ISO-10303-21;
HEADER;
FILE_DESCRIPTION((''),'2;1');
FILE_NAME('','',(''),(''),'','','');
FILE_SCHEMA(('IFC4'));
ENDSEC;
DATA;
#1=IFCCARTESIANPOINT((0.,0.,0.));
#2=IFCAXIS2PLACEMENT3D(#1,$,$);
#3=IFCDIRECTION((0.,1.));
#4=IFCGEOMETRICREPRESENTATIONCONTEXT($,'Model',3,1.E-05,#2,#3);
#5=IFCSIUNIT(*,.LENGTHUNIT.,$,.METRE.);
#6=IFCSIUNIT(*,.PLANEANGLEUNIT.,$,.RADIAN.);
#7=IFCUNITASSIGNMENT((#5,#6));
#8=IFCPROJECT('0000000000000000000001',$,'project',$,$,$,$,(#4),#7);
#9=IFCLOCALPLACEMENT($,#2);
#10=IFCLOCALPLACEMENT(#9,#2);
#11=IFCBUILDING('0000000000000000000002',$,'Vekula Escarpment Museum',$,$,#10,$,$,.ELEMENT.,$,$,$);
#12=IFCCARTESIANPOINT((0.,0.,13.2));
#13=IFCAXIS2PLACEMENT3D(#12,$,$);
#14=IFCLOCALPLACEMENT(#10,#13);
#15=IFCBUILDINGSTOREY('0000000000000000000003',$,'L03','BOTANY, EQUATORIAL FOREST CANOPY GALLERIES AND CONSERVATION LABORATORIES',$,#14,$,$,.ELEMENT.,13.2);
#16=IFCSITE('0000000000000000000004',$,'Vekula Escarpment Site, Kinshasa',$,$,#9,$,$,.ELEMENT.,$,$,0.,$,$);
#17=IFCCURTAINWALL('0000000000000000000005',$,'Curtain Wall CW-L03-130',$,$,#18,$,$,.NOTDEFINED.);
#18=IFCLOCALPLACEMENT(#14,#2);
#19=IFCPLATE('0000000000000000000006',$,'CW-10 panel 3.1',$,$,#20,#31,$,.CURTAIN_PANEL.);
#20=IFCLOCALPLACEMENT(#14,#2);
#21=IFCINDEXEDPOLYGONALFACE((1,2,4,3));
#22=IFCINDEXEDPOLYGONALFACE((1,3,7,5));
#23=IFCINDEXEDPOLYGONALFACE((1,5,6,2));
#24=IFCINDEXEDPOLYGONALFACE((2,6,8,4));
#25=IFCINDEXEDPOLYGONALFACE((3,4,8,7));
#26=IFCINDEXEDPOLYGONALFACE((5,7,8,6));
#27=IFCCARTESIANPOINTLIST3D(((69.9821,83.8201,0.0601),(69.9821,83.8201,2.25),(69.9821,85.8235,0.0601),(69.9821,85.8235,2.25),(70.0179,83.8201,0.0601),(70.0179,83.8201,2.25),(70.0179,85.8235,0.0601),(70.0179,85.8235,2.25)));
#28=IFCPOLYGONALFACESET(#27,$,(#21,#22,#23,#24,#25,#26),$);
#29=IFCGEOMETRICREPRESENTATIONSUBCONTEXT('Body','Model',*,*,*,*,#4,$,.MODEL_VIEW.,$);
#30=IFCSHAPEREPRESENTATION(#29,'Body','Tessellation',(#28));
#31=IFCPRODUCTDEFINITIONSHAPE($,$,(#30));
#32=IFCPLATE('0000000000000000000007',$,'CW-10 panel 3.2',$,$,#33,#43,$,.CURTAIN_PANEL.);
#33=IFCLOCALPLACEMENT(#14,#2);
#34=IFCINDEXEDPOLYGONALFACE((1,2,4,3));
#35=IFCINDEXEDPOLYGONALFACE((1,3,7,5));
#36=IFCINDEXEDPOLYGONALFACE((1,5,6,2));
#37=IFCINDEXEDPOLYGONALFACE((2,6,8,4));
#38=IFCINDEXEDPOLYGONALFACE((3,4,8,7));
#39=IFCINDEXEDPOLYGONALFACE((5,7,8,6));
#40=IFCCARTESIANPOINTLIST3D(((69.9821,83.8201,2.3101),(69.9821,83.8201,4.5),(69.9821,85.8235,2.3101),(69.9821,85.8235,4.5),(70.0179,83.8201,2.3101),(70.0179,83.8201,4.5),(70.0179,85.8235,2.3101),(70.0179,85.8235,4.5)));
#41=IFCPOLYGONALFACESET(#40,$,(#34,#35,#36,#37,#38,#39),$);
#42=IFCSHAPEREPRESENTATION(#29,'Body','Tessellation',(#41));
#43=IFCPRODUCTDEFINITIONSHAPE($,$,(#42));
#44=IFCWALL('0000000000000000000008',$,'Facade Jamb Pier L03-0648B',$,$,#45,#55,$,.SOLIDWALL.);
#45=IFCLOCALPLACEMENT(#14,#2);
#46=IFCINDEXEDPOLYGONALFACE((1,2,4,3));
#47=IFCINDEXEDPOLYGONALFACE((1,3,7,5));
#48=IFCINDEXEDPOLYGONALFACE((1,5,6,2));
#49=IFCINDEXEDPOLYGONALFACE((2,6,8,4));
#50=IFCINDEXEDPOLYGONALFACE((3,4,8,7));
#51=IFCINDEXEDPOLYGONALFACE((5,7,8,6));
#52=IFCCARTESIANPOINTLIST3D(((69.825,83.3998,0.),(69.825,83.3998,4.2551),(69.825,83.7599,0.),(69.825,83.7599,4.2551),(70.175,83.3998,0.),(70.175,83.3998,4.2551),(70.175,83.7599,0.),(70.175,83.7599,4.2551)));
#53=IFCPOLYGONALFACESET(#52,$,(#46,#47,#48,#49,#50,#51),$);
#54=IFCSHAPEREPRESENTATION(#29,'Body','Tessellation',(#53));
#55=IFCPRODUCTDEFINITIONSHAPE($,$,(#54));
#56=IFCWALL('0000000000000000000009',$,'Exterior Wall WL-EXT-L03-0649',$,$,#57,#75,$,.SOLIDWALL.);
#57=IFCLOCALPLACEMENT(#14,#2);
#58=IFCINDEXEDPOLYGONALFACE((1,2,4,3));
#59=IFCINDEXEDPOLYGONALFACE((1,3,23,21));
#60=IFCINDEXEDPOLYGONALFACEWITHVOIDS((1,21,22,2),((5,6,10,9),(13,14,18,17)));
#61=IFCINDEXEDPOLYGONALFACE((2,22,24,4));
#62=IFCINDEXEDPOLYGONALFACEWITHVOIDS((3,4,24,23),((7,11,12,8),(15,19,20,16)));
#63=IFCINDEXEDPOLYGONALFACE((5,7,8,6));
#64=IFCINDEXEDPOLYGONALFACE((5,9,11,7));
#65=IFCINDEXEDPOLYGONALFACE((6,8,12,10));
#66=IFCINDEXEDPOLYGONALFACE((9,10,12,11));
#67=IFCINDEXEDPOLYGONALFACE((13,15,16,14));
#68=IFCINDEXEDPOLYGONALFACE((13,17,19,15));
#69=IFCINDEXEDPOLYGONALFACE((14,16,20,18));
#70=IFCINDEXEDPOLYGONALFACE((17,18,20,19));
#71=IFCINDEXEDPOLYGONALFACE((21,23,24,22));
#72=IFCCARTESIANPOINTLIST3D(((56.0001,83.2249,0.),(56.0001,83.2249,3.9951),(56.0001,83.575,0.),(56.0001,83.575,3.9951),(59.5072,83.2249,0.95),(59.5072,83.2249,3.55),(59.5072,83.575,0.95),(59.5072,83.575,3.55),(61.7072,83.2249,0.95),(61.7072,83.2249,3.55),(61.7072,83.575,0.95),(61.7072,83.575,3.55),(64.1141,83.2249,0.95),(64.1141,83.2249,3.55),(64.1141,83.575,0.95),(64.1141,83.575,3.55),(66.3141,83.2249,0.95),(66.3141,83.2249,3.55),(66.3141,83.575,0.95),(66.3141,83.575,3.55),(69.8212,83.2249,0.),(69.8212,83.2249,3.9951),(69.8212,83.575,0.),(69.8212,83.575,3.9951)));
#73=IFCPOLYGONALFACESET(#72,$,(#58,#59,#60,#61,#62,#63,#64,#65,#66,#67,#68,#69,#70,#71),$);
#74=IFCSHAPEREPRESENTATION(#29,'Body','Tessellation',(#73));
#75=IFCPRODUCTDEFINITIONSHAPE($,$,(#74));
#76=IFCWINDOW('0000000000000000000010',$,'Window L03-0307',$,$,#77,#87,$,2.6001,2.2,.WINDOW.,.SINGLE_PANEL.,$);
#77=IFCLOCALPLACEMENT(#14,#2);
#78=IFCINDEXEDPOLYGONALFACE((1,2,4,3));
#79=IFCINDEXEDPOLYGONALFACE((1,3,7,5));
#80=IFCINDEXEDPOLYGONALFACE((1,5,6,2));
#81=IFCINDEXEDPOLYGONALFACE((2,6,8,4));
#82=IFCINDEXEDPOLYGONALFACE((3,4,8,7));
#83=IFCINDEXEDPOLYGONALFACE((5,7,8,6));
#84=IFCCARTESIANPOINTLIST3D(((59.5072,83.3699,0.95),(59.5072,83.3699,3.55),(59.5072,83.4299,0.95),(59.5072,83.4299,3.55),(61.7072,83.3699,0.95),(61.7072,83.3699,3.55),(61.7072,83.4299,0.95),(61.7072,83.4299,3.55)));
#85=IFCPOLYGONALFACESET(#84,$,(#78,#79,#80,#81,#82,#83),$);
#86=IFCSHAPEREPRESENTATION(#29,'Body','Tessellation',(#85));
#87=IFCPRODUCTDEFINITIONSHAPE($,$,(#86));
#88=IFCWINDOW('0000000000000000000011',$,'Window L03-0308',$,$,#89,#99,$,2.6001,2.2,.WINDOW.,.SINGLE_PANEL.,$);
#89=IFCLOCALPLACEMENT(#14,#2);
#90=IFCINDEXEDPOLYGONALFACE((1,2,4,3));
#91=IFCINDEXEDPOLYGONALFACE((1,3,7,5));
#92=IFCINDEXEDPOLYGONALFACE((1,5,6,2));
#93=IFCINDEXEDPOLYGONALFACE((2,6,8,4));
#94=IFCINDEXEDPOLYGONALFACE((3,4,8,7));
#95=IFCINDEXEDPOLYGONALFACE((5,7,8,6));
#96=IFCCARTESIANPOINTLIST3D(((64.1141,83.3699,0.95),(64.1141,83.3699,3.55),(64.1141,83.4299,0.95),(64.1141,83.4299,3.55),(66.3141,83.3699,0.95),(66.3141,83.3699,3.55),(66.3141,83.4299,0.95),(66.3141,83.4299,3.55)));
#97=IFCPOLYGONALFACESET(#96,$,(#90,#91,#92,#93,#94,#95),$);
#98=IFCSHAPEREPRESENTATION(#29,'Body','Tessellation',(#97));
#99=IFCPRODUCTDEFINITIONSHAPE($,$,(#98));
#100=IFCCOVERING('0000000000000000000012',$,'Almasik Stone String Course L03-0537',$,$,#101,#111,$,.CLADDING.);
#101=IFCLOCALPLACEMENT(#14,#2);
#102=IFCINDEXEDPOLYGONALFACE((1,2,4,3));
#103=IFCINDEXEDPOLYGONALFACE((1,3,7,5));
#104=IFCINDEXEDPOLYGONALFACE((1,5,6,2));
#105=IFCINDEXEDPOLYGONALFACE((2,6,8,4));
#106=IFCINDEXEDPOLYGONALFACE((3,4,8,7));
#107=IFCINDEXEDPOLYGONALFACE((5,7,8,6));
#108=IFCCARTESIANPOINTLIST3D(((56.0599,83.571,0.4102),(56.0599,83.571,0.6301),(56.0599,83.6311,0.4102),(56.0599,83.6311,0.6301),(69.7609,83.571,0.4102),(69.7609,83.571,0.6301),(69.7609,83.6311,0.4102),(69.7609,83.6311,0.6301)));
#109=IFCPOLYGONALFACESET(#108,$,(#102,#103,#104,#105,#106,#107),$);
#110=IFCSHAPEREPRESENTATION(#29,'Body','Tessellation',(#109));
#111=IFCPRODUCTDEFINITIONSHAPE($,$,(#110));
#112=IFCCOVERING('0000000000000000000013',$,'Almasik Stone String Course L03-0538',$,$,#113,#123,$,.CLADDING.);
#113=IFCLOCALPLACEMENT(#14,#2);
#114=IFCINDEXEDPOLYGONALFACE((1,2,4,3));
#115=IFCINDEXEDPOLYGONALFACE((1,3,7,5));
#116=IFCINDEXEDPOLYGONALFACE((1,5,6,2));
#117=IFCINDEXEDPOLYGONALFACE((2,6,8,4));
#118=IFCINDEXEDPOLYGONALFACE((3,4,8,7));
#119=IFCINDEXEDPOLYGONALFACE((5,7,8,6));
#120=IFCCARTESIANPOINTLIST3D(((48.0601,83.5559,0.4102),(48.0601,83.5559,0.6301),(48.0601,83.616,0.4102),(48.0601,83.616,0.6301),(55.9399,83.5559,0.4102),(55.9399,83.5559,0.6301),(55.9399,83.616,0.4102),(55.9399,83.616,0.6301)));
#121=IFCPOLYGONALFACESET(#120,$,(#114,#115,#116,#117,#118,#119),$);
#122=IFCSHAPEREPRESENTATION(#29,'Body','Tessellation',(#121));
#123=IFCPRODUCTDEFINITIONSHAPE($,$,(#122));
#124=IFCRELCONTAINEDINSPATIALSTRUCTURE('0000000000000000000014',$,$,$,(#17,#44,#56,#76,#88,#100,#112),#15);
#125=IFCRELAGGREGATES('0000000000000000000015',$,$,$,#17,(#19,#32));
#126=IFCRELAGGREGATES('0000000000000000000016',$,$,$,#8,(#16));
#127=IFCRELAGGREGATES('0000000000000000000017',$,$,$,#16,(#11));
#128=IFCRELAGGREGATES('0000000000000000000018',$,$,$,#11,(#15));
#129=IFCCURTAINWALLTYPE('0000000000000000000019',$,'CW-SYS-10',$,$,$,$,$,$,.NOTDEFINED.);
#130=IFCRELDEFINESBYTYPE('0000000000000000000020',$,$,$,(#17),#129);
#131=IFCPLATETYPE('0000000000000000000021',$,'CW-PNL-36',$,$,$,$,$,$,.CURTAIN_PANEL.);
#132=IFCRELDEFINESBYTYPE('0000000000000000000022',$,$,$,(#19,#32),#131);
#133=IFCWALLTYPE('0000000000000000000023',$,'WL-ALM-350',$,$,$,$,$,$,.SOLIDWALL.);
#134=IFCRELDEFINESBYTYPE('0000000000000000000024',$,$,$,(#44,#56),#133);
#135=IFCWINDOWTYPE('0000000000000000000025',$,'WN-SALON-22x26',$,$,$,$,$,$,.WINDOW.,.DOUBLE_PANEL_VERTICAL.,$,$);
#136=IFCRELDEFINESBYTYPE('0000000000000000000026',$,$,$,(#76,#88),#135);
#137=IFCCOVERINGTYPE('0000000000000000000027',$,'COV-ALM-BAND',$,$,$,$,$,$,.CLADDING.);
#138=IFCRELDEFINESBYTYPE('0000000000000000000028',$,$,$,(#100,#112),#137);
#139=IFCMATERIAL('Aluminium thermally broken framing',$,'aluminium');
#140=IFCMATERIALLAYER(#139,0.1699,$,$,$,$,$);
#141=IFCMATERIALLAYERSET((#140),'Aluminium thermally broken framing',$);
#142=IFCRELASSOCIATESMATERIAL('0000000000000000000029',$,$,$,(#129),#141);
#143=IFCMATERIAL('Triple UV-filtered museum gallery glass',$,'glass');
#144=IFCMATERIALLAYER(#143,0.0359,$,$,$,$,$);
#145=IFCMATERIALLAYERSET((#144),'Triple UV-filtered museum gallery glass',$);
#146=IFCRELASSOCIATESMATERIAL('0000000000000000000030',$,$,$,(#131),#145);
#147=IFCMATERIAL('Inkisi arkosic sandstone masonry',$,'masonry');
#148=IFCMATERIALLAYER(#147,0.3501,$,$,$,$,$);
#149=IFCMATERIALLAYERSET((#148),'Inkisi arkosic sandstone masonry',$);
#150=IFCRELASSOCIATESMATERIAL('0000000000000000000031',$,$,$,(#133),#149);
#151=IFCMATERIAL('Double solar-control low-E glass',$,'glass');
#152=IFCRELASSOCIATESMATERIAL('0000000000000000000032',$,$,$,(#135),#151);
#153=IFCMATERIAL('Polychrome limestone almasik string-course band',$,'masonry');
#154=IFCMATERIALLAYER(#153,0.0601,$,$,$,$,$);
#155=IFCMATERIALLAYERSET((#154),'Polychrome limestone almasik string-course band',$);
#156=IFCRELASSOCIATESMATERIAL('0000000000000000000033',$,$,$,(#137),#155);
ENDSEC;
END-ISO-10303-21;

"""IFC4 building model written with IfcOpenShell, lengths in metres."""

from ifc_helpers import new_model, si_unit, direction, frame, frame_2d, origin, origin_2d, place, context, subcontext, project, spatial, rectangle, extrude, material, layer, layer_set, type_object, element, fill, aggregate, save


model = new_model("IFC4")

# Units and contexts
model_context = context("Model", 3, precision=1e-05, world=origin(), true_north=direction((0.0, 1.0)))
body_context = subcontext(model_context, "Body", "Model", "MODEL_VIEW")
ifc_project = project(units=[si_unit("LENGTHUNIT", "METRE"), si_unit("PLANEANGLEUNIT", "RADIAN")], contexts=[model_context])

# Site, building, storey
site_placement = place(None, origin())
site = spatial("IfcSite", under=ifc_project, at=site_placement, Name="Vekula Escarpment Site, Kinshasa", CompositionType="ELEMENT", RefElevation=0.0)
building_placement = place(site_placement, origin())
building = spatial("IfcBuilding", under=site, at=building_placement, Name="Vekula Escarpment Museum", CompositionType="ELEMENT")
storey_placement = place(building_placement, frame((0.0, 0.0, 13.2)))
storey = spatial("IfcBuildingStorey", under=building, at=storey_placement, Name="L03", Description="BOTANY, EQUATORIAL FOREST CANOPY GALLERIES AND CONSERVATION LABORATORIES", CompositionType="ELEMENT", Elevation=13.2)

# Curtain wall
ifc_material_1 = material(Name="Aluminium thermally broken framing", Category="aluminium")
ifc_layer_1 = layer(ifc_material_1, 0.1699)
ifc_layer_set_1 = layer_set([ifc_layer_1], Name="Aluminium thermally broken framing")
curtain_wall_type = type_object("IfcCurtainWallType", Name="CW-SYS-10", PredefinedType="NOTDEFINED", material=ifc_layer_set_1)
curtain_wall_placement = place(storey_placement, origin())
curtain_wall = element("IfcCurtainWall", 1, at=curtain_wall_placement, inside=storey, type_object=curtain_wall_type, Name="Curtain Wall CW-L03-130", PredefinedType="NOTDEFINED")

# Plates
ifc_material_2 = material(Name="Triple UV-filtered museum gallery glass", Category="glass")
ifc_layer_2 = layer(ifc_material_2, 0.0359)
ifc_layer_set_2 = layer_set([ifc_layer_2], Name="Triple UV-filtered museum gallery glass")
plate_type = type_object("IfcPlateType", Name="CW-PNL-36", PredefinedType="CURTAIN_PANEL", material=ifc_layer_set_2)
plate_1_placement = place(storey_placement, frame((70.0, 84.8218, 0.0601), z_axis=(0.0, 0.0, 1.0), x_axis=(0.0, -1.0, 0.0)))
plate_1 = element("IfcPlate", 2, at=plate_1_placement, type_object=plate_type, Name="CW-10 panel 3.1", PredefinedType="CURTAIN_PANEL", context=body_context, shape_type="SweptSolid", body=[
    extrude(rectangle(XDim=2.0034, YDim=0.0359, at=origin_2d()), origin(), (0.0, 0.0, 1.0), 2.1899),
])
plate_2_placement = place(storey_placement, frame((70.0, 84.8218, 2.3101), z_axis=(0.0, 0.0, 1.0), x_axis=(0.0, -1.0, 0.0)))
plate_2 = element("IfcPlate", 3, at=plate_2_placement, type_object=plate_type, Name="CW-10 panel 3.2", PredefinedType="CURTAIN_PANEL", context=body_context, shape_type="SweptSolid", body=[
    extrude(rectangle(XDim=2.0034, YDim=0.0359, at=origin_2d()), origin(), (0.0, 0.0, 1.0), 2.1899),
])
aggregate(curtain_wall, [plate_1, plate_2])

# Wall
ifc_material_3 = material(Name="Inkisi arkosic sandstone masonry", Category="masonry")
ifc_layer_3 = layer(ifc_material_3, 0.3501)
ifc_layer_set_3 = layer_set([ifc_layer_3], Name="Inkisi arkosic sandstone masonry")
wall_type = type_object("IfcWallType", Name="WL-ALM-350", PredefinedType="SOLIDWALL", material=ifc_layer_set_3)
wall_1_placement = place(storey_placement, frame((70.0, 83.76, 0.0), z_axis=(0.0, 0.0, 1.0), x_axis=(0.0, -1.0, 0.0)))
element("IfcWall", 4, at=wall_1_placement, inside=storey, type_object=wall_type, Name="Facade Jamb Pier L03-0648B", PredefinedType="SOLIDWALL", context=body_context, shape_type="SweptSolid", body=[
    extrude(rectangle(XDim=0.3601, YDim=0.3501, at=frame_2d((0.1802, 0.0))), origin(), (0.0, 0.0, 1.0), 4.2551),
])

# Wall, openings, windows
wall_2_placement = place(storey_placement, frame((56.0, 83.3999, 0.0), z_axis=(0.0, 0.0, 1.0), x_axis=(1.0, 0.0, 0.0)))
wall_2 = element("IfcWall", 5, at=wall_2_placement, inside=storey, type_object=wall_type, Name="Exterior Wall WL-EXT-L03-0649", PredefinedType="SOLIDWALL", context=body_context, shape_type="SweptSolid", body=[
    extrude(rectangle(XDim=13.821, YDim=0.3501, at=frame_2d((6.9106, 0.0))), origin(), (0.0, 0.0, 1.0), 3.9951),
])
opening_1_placement = place(wall_2_placement, frame((3.5071, 0.0, 0.95)))
opening_1 = element("IfcOpeningElement", 6, at=opening_1_placement, cuts=wall_2, PredefinedType="OPENING", context=body_context, shape_type="SweptSolid", body=[
    extrude(rectangle(XDim=2.2, YDim=2.6001, at=frame_2d((1.1001, 1.3))), frame((0.0, 0.1851, 0.0), z_axis=(0.0, -1.0, 0.0), x_axis=(1.0, 0.0, 0.0)), (0.0, 0.0, 1.0), 0.3701),
])
opening_2_placement = place(wall_2_placement, frame((8.114, 0.0, 0.95)))
opening_2 = element("IfcOpeningElement", 7, at=opening_2_placement, cuts=wall_2, PredefinedType="OPENING", context=body_context, shape_type="SweptSolid", body=[
    extrude(rectangle(XDim=2.2, YDim=2.6001, at=frame_2d((1.1001, 1.3))), frame((0.0, 0.1851, 0.0), z_axis=(0.0, -1.0, 0.0), x_axis=(1.0, 0.0, 0.0)), (0.0, 0.0, 1.0), 0.3701),
])
ifc_material_4 = material(Name="Double solar-control low-E glass", Category="glass")
window_type = type_object("IfcWindowType", Name="WN-SALON-22x26", PartitioningType="DOUBLE_PANEL_VERTICAL", PredefinedType="WINDOW", material=ifc_material_4)
window_1_placement = place(opening_1_placement, origin())
window_1 = element("IfcWindow", 8, at=window_1_placement, inside=storey, type_object=window_type, Name="Window L03-0307", OverallHeight=2.6001, OverallWidth=2.2, PartitioningType="SINGLE_PANEL", PredefinedType="WINDOW", context=body_context, shape_type="SweptSolid", body=[
    extrude(rectangle(XDim=2.2, YDim=2.6001, at=frame_2d((1.1001, 1.3))), frame((0.0, 0.03, 0.0), z_axis=(0.0, -1.0, 0.0), x_axis=(1.0, 0.0, 0.0)), (0.0, 0.0, 1.0), 0.0601),
])
fill(opening_1, window_1)
window_2_placement = place(opening_2_placement, origin())
window_2 = element("IfcWindow", 9, at=window_2_placement, inside=storey, type_object=window_type, Name="Window L03-0308", OverallHeight=2.6001, OverallWidth=2.2, PartitioningType="SINGLE_PANEL", PredefinedType="WINDOW", context=body_context, shape_type="SweptSolid", body=[
    extrude(rectangle(XDim=2.2, YDim=2.6001, at=frame_2d((1.1001, 1.3))), frame((0.0, 0.03, 0.0), z_axis=(0.0, -1.0, 0.0), x_axis=(1.0, 0.0, 0.0)), (0.0, 0.0, 1.0), 0.0601),
])
fill(opening_2, window_2)

# Coverings
ifc_material_5 = material(Name="Polychrome limestone almasik string-course band", Category="masonry")
ifc_layer_4 = layer(ifc_material_5, 0.0601)
ifc_layer_set_4 = layer_set([ifc_layer_4], Name="Polychrome limestone almasik string-course band")
covering_type = type_object("IfcCoveringType", Name="COV-ALM-BAND", PredefinedType="CLADDING", material=ifc_layer_set_4)
covering_1_placement = place(storey_placement, frame((62.9104, 83.6011, 0.4102), z_axis=(0.0, 0.0, 1.0), x_axis=(1.0, 0.0, 0.0)))
element("IfcCovering", 10, at=covering_1_placement, inside=storey, type_object=covering_type, Name="Almasik Stone String Course L03-0537", PredefinedType="CLADDING", context=body_context, shape_type="SweptSolid", body=[
    extrude(rectangle(XDim=13.7009, YDim=0.0601, at=origin_2d()), origin(), (0.0, 0.0, 1.0), 0.22),
])
covering_2_placement = place(storey_placement, frame((52.0, 83.5859, 0.4102), z_axis=(0.0, 0.0, 1.0), x_axis=(1.0, 0.0, 0.0)))
element("IfcCovering", 11, at=covering_2_placement, inside=storey, type_object=covering_type, Name="Almasik Stone String Course L03-0538", PredefinedType="CLADDING", context=body_context, shape_type="SweptSolid", body=[
    extrude(rectangle(XDim=7.8799, YDim=0.0601, at=origin_2d()), origin(), (0.0, 0.0, 1.0), 0.22),
])

save(model, "model.ifc")
